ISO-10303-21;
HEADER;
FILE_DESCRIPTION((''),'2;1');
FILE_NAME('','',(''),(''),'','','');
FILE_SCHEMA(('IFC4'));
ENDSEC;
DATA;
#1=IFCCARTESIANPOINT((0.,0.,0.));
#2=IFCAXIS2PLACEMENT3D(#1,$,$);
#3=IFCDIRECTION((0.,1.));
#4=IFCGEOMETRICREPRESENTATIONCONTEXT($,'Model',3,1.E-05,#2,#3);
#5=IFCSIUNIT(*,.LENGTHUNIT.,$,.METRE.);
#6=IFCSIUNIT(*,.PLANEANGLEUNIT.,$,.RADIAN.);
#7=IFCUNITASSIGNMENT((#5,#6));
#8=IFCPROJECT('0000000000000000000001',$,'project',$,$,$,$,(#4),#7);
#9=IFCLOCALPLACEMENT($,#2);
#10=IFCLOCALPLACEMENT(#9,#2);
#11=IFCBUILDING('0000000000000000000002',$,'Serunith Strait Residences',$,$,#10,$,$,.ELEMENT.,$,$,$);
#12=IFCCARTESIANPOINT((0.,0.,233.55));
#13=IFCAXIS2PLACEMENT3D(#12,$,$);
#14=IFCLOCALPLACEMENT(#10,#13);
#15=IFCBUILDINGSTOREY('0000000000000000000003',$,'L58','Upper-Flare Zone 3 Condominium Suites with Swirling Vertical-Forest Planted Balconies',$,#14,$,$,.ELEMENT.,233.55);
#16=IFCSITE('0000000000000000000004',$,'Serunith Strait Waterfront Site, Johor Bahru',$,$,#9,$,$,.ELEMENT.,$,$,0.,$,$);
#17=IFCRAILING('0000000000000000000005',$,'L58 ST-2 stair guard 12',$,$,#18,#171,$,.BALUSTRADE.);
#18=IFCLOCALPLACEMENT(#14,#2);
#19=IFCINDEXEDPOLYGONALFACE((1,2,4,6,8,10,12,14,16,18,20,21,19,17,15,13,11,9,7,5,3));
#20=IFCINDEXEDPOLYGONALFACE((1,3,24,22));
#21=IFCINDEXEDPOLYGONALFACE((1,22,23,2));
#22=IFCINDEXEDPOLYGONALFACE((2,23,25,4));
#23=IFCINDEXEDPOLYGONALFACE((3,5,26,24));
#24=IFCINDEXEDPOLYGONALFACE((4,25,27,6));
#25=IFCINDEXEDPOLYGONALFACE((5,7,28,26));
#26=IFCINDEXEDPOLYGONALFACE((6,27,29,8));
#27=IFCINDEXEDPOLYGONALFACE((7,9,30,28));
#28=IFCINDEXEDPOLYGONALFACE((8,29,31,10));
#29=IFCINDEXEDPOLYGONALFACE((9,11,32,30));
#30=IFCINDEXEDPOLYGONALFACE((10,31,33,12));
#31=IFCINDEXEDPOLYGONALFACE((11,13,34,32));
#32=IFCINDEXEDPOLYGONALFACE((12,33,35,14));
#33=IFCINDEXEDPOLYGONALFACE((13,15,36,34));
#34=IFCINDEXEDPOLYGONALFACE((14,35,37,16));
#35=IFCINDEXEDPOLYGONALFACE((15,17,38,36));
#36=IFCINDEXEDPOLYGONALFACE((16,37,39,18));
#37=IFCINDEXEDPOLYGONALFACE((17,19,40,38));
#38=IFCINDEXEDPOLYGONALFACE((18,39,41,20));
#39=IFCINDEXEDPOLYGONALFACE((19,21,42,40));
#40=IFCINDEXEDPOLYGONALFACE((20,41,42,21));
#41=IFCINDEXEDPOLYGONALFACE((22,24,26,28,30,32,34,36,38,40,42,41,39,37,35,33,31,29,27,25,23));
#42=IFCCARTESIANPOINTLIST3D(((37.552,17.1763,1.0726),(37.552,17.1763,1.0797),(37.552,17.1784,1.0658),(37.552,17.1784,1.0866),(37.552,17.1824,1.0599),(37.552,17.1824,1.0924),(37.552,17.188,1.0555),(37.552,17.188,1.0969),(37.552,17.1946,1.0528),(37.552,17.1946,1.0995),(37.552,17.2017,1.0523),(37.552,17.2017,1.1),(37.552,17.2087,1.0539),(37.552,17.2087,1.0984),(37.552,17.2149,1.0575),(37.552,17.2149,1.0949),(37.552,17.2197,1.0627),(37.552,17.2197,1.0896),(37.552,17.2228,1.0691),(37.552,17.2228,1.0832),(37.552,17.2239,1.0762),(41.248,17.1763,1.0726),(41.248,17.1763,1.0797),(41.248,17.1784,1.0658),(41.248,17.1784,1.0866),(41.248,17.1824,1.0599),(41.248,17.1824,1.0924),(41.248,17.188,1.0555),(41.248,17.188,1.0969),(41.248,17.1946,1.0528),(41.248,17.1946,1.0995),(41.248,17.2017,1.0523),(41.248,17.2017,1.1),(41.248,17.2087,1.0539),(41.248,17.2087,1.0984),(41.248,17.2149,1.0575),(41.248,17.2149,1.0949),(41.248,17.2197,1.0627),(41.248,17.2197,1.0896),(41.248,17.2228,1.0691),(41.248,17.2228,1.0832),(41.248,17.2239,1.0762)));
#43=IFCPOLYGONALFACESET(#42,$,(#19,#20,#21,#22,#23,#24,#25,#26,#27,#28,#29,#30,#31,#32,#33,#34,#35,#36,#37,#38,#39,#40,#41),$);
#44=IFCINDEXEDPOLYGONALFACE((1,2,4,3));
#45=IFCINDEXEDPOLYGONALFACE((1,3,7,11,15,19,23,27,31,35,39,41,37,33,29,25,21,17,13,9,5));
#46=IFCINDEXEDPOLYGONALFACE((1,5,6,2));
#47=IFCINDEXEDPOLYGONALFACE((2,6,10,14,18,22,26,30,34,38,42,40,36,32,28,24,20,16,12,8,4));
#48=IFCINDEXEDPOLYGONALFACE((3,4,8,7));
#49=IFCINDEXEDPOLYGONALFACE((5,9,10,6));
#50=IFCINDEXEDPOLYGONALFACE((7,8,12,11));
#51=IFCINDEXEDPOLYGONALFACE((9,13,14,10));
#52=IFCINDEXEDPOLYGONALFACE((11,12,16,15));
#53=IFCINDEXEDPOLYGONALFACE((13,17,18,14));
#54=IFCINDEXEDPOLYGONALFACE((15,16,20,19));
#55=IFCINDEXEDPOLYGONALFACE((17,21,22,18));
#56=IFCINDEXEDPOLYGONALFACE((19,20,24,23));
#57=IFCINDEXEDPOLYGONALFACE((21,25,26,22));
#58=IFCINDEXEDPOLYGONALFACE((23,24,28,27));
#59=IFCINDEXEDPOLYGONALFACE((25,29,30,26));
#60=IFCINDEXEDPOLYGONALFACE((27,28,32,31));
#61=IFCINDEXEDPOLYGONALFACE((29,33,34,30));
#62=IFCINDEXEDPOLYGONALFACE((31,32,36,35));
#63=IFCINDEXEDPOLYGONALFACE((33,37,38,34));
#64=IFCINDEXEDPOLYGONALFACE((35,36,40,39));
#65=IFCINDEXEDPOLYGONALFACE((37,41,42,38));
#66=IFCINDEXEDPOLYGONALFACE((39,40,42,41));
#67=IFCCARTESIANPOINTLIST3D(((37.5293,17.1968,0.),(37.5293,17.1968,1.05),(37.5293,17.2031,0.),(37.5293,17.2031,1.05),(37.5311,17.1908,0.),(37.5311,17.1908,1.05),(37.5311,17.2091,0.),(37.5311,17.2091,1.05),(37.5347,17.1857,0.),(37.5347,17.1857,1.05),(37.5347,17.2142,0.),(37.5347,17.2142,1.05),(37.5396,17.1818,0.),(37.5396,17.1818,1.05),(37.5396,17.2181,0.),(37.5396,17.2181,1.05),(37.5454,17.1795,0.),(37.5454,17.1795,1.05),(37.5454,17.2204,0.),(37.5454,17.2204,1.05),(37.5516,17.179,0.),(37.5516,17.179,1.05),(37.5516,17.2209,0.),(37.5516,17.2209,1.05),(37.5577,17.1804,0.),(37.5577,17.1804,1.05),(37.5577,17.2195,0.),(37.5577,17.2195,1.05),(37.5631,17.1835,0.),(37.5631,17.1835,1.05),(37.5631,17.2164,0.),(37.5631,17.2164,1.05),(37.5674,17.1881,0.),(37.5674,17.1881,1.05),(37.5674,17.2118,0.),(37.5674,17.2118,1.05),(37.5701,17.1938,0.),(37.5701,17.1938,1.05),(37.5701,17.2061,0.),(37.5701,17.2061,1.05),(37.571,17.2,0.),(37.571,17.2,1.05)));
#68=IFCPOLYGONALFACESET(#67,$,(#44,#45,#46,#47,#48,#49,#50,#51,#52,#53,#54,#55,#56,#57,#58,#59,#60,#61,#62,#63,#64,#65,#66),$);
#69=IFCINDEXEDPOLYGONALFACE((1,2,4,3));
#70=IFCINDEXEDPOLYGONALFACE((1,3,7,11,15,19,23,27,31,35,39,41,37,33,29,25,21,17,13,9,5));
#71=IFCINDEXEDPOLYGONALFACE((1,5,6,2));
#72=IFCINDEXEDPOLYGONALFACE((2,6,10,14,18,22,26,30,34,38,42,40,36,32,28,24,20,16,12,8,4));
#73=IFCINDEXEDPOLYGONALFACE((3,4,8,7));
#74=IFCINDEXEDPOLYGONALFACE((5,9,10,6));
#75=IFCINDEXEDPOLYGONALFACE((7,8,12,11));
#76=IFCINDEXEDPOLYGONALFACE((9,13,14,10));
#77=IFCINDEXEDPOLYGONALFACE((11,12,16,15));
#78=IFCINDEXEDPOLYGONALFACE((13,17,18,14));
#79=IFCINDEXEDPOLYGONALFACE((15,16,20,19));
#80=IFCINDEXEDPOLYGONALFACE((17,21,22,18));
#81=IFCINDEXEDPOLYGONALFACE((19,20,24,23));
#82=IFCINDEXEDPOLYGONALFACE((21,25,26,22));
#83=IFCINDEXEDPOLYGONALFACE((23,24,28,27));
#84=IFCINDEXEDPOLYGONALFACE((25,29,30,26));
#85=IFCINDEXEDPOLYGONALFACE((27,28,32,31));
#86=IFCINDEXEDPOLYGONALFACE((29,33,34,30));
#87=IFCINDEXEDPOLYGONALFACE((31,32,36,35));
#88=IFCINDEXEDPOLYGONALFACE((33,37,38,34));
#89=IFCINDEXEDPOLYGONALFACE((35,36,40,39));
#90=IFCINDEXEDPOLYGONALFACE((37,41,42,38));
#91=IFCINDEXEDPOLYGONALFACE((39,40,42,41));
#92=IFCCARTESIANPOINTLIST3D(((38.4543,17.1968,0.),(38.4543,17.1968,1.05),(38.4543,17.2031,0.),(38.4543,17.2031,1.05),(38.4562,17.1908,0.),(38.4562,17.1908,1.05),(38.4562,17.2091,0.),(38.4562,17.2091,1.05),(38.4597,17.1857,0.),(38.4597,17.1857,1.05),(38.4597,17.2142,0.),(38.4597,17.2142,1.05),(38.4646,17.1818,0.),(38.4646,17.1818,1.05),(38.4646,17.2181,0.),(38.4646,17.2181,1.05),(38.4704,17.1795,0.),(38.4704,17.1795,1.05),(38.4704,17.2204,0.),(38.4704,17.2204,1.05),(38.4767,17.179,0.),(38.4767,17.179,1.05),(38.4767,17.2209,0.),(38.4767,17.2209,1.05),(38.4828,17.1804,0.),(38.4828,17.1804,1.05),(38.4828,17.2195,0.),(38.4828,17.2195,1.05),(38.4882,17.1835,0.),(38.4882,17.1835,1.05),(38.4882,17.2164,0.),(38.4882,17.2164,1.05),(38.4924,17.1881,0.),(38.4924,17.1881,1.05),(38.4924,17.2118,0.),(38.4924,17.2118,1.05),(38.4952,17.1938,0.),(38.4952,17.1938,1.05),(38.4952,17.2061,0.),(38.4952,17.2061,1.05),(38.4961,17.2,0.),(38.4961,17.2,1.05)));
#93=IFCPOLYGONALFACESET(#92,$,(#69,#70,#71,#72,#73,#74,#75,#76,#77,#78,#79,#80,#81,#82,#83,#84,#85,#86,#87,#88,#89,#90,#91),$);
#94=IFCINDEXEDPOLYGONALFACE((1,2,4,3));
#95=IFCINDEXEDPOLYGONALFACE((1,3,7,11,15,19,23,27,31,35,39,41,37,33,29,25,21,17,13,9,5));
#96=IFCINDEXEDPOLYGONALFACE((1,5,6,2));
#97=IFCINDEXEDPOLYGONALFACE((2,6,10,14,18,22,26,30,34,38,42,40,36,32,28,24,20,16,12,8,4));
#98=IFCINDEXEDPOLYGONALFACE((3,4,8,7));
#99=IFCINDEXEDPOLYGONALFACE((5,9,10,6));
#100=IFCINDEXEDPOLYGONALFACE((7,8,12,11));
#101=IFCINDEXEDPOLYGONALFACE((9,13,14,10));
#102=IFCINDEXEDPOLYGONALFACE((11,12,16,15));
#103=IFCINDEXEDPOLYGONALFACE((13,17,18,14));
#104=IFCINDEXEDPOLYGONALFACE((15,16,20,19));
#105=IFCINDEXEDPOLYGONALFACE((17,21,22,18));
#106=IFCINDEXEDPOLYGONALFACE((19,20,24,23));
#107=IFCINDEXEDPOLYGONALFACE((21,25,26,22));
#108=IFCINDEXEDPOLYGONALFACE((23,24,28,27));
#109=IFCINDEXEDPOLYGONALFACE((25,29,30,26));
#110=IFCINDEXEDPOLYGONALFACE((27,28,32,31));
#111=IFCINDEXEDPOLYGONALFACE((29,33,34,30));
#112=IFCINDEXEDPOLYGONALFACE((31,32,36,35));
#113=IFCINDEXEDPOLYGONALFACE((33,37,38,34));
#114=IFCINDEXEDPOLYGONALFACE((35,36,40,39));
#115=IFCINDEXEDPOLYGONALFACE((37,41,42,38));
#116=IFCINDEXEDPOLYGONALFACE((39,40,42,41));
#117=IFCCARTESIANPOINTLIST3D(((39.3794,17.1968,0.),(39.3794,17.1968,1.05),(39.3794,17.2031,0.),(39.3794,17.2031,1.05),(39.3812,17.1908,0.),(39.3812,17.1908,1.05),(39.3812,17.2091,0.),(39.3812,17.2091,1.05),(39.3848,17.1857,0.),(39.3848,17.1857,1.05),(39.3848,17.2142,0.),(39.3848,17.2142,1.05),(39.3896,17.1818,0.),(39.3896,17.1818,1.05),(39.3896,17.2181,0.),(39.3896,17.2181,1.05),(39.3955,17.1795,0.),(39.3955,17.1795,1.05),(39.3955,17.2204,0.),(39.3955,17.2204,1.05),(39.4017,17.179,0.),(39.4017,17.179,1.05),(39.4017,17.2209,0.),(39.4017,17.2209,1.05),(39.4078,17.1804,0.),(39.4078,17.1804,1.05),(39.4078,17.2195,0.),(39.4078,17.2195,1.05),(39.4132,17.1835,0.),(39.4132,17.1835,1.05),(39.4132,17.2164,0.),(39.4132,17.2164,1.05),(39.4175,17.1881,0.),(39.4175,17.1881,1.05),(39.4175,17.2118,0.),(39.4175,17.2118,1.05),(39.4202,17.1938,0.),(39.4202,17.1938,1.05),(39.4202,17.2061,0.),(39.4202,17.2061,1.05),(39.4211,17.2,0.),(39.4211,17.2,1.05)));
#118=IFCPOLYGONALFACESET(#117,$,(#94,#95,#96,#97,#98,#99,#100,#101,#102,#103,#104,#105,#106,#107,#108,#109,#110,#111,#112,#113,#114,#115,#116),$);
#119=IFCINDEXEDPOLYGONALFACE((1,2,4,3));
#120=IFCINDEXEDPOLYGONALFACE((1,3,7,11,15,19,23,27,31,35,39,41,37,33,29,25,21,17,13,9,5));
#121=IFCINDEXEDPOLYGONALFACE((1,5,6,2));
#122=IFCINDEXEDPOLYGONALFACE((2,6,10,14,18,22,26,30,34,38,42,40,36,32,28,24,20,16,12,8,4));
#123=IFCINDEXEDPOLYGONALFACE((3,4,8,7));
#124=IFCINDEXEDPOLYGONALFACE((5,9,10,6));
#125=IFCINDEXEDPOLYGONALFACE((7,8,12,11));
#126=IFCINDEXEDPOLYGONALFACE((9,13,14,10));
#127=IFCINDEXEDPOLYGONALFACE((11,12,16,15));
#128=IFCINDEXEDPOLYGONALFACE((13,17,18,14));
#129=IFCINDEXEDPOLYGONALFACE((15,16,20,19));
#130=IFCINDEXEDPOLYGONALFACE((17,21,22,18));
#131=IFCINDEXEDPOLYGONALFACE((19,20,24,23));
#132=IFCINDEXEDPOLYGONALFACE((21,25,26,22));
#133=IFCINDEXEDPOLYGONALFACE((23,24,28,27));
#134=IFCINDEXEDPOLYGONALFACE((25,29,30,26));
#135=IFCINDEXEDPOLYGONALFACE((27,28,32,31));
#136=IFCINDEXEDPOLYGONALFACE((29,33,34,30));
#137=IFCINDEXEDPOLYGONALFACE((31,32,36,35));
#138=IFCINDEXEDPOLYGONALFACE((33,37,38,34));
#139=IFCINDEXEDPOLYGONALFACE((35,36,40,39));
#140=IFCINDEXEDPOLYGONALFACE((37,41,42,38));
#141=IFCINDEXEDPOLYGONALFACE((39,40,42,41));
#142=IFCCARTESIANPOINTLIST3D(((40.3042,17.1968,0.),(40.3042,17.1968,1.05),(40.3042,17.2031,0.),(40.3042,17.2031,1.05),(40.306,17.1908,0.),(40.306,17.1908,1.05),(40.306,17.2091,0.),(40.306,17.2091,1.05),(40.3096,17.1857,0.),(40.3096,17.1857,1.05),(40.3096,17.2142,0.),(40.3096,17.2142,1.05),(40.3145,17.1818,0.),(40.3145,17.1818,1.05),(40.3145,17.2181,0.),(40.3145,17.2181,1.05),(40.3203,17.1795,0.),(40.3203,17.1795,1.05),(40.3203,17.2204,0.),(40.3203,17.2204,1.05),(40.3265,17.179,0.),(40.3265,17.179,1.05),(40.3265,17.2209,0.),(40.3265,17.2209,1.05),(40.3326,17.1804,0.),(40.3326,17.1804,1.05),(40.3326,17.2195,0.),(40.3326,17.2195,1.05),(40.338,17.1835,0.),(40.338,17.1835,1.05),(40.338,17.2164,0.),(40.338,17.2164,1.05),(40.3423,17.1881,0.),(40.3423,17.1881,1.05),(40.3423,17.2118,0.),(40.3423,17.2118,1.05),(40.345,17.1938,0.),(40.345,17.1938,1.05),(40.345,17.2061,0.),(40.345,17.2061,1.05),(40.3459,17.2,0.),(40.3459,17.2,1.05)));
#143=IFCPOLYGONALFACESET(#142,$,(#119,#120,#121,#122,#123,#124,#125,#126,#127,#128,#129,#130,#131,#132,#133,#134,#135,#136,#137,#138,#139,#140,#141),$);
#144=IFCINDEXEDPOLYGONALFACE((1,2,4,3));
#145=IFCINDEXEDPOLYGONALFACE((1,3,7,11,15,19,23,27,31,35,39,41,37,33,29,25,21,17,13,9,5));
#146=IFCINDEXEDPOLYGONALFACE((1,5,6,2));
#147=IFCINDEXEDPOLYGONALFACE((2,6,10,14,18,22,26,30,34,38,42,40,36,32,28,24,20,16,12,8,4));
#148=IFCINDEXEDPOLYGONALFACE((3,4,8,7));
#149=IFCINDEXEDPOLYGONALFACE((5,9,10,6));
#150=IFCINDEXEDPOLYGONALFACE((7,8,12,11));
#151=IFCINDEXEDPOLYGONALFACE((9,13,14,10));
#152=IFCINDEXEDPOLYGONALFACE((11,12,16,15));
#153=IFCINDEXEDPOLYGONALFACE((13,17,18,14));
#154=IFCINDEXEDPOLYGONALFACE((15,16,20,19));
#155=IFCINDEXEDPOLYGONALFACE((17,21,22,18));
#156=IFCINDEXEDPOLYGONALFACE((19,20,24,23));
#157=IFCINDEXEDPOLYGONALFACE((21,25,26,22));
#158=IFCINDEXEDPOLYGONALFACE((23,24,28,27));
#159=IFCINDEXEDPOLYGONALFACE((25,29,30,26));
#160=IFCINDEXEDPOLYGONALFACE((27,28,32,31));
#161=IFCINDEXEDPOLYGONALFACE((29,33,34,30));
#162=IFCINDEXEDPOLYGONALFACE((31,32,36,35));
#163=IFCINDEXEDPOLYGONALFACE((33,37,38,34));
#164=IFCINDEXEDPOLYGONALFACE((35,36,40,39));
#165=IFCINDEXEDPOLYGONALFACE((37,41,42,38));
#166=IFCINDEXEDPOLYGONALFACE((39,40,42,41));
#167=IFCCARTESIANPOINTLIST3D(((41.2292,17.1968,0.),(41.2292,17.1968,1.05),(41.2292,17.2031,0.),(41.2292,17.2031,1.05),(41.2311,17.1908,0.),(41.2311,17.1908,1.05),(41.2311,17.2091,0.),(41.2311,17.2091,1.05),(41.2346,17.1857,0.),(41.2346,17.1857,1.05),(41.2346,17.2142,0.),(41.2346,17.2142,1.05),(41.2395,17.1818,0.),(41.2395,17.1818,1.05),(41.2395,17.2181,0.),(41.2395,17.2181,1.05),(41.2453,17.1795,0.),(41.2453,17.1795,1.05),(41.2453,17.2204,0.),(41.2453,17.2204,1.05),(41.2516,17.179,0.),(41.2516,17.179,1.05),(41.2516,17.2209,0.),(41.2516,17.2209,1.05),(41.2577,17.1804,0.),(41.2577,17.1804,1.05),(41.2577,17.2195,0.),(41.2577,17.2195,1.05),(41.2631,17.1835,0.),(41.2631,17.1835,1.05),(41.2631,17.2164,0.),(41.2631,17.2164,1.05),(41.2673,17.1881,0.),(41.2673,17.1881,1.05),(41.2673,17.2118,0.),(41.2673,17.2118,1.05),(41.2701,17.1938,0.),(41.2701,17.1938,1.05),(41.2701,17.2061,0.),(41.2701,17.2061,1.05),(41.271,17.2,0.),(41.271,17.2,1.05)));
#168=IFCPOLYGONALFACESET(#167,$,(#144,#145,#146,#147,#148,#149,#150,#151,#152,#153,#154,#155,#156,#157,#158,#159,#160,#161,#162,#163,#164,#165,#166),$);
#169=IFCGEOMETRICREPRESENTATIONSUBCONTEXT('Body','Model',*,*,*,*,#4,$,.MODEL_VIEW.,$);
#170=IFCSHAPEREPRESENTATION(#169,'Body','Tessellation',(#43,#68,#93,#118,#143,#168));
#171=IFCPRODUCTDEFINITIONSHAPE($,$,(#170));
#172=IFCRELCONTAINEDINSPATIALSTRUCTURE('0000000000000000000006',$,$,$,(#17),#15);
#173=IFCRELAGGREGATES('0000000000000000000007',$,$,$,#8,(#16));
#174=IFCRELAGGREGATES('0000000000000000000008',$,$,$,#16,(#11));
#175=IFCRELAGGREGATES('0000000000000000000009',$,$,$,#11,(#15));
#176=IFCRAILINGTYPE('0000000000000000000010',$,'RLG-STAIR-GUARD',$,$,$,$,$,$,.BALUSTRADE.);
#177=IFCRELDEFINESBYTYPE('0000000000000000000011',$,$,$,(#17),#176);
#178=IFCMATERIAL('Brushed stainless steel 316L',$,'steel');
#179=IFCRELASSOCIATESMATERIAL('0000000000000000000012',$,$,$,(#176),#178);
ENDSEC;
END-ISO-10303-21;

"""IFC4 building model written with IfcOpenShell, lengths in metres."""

from ifc_helpers import new_model, si_unit, direction, frame, origin, origin_2d, place, context, subcontext, project, spatial, circle, extrude, material, type_object, element, save


model = new_model("IFC4")

# Units and contexts
model_context = context("Model", 3, precision=1e-05, world=origin(), true_north=direction((0.0, 1.0)))
body_context = subcontext(model_context, "Body", "Model", "MODEL_VIEW")
ifc_project = project(units=[si_unit("LENGTHUNIT", "METRE"), si_unit("PLANEANGLEUNIT", "RADIAN")], contexts=[model_context])

# Site, building, storey
site_placement = place(None, origin())
site = spatial("IfcSite", under=ifc_project, at=site_placement, Name="Serunith Strait Waterfront Site, Johor Bahru", CompositionType="ELEMENT", RefElevation=0.0)
building_placement = place(site_placement, origin())
building = spatial("IfcBuilding", under=site, at=building_placement, Name="Serunith Strait Residences", CompositionType="ELEMENT")
storey_placement = place(building_placement, frame((0.0, 0.0, 233.55)))
storey = spatial("IfcBuildingStorey", under=building, at=storey_placement, Name="L58", Description="Upper-Flare Zone 3 Condominium Suites with Swirling Vertical-Forest Planted Balconies", CompositionType="ELEMENT", Elevation=233.55)

# Railing
ifc_material_1 = material(Name="Brushed stainless steel 316L", Category="steel")
railing_type_1 = type_object("IfcRailingType", Name="RLG-STAIR-GUARD", PredefinedType="BALUSTRADE", material=ifc_material_1)
railing_1_placement = place(storey_placement, frame((37.55, 17.2, 0.0)))
element("IfcRailing", 1, at=railing_1_placement, inside=storey, type_object=railing_type_1, Name="L58 ST-2 stair guard 12", PredefinedType="BALUSTRADE", context=body_context, shape_type="SweptSolid", body=[
    extrude(circle(Radius=0.0239, at=origin_2d()), frame((0.002, 0.0, 1.0762), z_axis=(1.0, 0.0, 0.0), x_axis=(0.0, 1.0, 0.0)), (0.0, 0.0, 1.0), 3.696),
    extrude(circle(Radius=0.021, at=origin_2d()), origin(), (0.0, 0.0, 1.0), 1.05),
    extrude(circle(Radius=0.021, at=origin_2d()), frame((0.925, 0.0, 0.0)), (0.0, 0.0, 1.0), 1.05),
    extrude(circle(Radius=0.021, at=origin_2d()), frame((1.8501, 0.0, 0.0)), (0.0, 0.0, 1.0), 1.05),
    extrude(circle(Radius=0.021, at=origin_2d()), frame((2.7749, 0.0, 0.0)), (0.0, 0.0, 1.0), 1.05),
    extrude(circle(Radius=0.021, at=origin_2d()), frame((3.7, 0.0, 0.0)), (0.0, 0.0, 1.0), 1.05),
])

save(model, "model.ifc")
